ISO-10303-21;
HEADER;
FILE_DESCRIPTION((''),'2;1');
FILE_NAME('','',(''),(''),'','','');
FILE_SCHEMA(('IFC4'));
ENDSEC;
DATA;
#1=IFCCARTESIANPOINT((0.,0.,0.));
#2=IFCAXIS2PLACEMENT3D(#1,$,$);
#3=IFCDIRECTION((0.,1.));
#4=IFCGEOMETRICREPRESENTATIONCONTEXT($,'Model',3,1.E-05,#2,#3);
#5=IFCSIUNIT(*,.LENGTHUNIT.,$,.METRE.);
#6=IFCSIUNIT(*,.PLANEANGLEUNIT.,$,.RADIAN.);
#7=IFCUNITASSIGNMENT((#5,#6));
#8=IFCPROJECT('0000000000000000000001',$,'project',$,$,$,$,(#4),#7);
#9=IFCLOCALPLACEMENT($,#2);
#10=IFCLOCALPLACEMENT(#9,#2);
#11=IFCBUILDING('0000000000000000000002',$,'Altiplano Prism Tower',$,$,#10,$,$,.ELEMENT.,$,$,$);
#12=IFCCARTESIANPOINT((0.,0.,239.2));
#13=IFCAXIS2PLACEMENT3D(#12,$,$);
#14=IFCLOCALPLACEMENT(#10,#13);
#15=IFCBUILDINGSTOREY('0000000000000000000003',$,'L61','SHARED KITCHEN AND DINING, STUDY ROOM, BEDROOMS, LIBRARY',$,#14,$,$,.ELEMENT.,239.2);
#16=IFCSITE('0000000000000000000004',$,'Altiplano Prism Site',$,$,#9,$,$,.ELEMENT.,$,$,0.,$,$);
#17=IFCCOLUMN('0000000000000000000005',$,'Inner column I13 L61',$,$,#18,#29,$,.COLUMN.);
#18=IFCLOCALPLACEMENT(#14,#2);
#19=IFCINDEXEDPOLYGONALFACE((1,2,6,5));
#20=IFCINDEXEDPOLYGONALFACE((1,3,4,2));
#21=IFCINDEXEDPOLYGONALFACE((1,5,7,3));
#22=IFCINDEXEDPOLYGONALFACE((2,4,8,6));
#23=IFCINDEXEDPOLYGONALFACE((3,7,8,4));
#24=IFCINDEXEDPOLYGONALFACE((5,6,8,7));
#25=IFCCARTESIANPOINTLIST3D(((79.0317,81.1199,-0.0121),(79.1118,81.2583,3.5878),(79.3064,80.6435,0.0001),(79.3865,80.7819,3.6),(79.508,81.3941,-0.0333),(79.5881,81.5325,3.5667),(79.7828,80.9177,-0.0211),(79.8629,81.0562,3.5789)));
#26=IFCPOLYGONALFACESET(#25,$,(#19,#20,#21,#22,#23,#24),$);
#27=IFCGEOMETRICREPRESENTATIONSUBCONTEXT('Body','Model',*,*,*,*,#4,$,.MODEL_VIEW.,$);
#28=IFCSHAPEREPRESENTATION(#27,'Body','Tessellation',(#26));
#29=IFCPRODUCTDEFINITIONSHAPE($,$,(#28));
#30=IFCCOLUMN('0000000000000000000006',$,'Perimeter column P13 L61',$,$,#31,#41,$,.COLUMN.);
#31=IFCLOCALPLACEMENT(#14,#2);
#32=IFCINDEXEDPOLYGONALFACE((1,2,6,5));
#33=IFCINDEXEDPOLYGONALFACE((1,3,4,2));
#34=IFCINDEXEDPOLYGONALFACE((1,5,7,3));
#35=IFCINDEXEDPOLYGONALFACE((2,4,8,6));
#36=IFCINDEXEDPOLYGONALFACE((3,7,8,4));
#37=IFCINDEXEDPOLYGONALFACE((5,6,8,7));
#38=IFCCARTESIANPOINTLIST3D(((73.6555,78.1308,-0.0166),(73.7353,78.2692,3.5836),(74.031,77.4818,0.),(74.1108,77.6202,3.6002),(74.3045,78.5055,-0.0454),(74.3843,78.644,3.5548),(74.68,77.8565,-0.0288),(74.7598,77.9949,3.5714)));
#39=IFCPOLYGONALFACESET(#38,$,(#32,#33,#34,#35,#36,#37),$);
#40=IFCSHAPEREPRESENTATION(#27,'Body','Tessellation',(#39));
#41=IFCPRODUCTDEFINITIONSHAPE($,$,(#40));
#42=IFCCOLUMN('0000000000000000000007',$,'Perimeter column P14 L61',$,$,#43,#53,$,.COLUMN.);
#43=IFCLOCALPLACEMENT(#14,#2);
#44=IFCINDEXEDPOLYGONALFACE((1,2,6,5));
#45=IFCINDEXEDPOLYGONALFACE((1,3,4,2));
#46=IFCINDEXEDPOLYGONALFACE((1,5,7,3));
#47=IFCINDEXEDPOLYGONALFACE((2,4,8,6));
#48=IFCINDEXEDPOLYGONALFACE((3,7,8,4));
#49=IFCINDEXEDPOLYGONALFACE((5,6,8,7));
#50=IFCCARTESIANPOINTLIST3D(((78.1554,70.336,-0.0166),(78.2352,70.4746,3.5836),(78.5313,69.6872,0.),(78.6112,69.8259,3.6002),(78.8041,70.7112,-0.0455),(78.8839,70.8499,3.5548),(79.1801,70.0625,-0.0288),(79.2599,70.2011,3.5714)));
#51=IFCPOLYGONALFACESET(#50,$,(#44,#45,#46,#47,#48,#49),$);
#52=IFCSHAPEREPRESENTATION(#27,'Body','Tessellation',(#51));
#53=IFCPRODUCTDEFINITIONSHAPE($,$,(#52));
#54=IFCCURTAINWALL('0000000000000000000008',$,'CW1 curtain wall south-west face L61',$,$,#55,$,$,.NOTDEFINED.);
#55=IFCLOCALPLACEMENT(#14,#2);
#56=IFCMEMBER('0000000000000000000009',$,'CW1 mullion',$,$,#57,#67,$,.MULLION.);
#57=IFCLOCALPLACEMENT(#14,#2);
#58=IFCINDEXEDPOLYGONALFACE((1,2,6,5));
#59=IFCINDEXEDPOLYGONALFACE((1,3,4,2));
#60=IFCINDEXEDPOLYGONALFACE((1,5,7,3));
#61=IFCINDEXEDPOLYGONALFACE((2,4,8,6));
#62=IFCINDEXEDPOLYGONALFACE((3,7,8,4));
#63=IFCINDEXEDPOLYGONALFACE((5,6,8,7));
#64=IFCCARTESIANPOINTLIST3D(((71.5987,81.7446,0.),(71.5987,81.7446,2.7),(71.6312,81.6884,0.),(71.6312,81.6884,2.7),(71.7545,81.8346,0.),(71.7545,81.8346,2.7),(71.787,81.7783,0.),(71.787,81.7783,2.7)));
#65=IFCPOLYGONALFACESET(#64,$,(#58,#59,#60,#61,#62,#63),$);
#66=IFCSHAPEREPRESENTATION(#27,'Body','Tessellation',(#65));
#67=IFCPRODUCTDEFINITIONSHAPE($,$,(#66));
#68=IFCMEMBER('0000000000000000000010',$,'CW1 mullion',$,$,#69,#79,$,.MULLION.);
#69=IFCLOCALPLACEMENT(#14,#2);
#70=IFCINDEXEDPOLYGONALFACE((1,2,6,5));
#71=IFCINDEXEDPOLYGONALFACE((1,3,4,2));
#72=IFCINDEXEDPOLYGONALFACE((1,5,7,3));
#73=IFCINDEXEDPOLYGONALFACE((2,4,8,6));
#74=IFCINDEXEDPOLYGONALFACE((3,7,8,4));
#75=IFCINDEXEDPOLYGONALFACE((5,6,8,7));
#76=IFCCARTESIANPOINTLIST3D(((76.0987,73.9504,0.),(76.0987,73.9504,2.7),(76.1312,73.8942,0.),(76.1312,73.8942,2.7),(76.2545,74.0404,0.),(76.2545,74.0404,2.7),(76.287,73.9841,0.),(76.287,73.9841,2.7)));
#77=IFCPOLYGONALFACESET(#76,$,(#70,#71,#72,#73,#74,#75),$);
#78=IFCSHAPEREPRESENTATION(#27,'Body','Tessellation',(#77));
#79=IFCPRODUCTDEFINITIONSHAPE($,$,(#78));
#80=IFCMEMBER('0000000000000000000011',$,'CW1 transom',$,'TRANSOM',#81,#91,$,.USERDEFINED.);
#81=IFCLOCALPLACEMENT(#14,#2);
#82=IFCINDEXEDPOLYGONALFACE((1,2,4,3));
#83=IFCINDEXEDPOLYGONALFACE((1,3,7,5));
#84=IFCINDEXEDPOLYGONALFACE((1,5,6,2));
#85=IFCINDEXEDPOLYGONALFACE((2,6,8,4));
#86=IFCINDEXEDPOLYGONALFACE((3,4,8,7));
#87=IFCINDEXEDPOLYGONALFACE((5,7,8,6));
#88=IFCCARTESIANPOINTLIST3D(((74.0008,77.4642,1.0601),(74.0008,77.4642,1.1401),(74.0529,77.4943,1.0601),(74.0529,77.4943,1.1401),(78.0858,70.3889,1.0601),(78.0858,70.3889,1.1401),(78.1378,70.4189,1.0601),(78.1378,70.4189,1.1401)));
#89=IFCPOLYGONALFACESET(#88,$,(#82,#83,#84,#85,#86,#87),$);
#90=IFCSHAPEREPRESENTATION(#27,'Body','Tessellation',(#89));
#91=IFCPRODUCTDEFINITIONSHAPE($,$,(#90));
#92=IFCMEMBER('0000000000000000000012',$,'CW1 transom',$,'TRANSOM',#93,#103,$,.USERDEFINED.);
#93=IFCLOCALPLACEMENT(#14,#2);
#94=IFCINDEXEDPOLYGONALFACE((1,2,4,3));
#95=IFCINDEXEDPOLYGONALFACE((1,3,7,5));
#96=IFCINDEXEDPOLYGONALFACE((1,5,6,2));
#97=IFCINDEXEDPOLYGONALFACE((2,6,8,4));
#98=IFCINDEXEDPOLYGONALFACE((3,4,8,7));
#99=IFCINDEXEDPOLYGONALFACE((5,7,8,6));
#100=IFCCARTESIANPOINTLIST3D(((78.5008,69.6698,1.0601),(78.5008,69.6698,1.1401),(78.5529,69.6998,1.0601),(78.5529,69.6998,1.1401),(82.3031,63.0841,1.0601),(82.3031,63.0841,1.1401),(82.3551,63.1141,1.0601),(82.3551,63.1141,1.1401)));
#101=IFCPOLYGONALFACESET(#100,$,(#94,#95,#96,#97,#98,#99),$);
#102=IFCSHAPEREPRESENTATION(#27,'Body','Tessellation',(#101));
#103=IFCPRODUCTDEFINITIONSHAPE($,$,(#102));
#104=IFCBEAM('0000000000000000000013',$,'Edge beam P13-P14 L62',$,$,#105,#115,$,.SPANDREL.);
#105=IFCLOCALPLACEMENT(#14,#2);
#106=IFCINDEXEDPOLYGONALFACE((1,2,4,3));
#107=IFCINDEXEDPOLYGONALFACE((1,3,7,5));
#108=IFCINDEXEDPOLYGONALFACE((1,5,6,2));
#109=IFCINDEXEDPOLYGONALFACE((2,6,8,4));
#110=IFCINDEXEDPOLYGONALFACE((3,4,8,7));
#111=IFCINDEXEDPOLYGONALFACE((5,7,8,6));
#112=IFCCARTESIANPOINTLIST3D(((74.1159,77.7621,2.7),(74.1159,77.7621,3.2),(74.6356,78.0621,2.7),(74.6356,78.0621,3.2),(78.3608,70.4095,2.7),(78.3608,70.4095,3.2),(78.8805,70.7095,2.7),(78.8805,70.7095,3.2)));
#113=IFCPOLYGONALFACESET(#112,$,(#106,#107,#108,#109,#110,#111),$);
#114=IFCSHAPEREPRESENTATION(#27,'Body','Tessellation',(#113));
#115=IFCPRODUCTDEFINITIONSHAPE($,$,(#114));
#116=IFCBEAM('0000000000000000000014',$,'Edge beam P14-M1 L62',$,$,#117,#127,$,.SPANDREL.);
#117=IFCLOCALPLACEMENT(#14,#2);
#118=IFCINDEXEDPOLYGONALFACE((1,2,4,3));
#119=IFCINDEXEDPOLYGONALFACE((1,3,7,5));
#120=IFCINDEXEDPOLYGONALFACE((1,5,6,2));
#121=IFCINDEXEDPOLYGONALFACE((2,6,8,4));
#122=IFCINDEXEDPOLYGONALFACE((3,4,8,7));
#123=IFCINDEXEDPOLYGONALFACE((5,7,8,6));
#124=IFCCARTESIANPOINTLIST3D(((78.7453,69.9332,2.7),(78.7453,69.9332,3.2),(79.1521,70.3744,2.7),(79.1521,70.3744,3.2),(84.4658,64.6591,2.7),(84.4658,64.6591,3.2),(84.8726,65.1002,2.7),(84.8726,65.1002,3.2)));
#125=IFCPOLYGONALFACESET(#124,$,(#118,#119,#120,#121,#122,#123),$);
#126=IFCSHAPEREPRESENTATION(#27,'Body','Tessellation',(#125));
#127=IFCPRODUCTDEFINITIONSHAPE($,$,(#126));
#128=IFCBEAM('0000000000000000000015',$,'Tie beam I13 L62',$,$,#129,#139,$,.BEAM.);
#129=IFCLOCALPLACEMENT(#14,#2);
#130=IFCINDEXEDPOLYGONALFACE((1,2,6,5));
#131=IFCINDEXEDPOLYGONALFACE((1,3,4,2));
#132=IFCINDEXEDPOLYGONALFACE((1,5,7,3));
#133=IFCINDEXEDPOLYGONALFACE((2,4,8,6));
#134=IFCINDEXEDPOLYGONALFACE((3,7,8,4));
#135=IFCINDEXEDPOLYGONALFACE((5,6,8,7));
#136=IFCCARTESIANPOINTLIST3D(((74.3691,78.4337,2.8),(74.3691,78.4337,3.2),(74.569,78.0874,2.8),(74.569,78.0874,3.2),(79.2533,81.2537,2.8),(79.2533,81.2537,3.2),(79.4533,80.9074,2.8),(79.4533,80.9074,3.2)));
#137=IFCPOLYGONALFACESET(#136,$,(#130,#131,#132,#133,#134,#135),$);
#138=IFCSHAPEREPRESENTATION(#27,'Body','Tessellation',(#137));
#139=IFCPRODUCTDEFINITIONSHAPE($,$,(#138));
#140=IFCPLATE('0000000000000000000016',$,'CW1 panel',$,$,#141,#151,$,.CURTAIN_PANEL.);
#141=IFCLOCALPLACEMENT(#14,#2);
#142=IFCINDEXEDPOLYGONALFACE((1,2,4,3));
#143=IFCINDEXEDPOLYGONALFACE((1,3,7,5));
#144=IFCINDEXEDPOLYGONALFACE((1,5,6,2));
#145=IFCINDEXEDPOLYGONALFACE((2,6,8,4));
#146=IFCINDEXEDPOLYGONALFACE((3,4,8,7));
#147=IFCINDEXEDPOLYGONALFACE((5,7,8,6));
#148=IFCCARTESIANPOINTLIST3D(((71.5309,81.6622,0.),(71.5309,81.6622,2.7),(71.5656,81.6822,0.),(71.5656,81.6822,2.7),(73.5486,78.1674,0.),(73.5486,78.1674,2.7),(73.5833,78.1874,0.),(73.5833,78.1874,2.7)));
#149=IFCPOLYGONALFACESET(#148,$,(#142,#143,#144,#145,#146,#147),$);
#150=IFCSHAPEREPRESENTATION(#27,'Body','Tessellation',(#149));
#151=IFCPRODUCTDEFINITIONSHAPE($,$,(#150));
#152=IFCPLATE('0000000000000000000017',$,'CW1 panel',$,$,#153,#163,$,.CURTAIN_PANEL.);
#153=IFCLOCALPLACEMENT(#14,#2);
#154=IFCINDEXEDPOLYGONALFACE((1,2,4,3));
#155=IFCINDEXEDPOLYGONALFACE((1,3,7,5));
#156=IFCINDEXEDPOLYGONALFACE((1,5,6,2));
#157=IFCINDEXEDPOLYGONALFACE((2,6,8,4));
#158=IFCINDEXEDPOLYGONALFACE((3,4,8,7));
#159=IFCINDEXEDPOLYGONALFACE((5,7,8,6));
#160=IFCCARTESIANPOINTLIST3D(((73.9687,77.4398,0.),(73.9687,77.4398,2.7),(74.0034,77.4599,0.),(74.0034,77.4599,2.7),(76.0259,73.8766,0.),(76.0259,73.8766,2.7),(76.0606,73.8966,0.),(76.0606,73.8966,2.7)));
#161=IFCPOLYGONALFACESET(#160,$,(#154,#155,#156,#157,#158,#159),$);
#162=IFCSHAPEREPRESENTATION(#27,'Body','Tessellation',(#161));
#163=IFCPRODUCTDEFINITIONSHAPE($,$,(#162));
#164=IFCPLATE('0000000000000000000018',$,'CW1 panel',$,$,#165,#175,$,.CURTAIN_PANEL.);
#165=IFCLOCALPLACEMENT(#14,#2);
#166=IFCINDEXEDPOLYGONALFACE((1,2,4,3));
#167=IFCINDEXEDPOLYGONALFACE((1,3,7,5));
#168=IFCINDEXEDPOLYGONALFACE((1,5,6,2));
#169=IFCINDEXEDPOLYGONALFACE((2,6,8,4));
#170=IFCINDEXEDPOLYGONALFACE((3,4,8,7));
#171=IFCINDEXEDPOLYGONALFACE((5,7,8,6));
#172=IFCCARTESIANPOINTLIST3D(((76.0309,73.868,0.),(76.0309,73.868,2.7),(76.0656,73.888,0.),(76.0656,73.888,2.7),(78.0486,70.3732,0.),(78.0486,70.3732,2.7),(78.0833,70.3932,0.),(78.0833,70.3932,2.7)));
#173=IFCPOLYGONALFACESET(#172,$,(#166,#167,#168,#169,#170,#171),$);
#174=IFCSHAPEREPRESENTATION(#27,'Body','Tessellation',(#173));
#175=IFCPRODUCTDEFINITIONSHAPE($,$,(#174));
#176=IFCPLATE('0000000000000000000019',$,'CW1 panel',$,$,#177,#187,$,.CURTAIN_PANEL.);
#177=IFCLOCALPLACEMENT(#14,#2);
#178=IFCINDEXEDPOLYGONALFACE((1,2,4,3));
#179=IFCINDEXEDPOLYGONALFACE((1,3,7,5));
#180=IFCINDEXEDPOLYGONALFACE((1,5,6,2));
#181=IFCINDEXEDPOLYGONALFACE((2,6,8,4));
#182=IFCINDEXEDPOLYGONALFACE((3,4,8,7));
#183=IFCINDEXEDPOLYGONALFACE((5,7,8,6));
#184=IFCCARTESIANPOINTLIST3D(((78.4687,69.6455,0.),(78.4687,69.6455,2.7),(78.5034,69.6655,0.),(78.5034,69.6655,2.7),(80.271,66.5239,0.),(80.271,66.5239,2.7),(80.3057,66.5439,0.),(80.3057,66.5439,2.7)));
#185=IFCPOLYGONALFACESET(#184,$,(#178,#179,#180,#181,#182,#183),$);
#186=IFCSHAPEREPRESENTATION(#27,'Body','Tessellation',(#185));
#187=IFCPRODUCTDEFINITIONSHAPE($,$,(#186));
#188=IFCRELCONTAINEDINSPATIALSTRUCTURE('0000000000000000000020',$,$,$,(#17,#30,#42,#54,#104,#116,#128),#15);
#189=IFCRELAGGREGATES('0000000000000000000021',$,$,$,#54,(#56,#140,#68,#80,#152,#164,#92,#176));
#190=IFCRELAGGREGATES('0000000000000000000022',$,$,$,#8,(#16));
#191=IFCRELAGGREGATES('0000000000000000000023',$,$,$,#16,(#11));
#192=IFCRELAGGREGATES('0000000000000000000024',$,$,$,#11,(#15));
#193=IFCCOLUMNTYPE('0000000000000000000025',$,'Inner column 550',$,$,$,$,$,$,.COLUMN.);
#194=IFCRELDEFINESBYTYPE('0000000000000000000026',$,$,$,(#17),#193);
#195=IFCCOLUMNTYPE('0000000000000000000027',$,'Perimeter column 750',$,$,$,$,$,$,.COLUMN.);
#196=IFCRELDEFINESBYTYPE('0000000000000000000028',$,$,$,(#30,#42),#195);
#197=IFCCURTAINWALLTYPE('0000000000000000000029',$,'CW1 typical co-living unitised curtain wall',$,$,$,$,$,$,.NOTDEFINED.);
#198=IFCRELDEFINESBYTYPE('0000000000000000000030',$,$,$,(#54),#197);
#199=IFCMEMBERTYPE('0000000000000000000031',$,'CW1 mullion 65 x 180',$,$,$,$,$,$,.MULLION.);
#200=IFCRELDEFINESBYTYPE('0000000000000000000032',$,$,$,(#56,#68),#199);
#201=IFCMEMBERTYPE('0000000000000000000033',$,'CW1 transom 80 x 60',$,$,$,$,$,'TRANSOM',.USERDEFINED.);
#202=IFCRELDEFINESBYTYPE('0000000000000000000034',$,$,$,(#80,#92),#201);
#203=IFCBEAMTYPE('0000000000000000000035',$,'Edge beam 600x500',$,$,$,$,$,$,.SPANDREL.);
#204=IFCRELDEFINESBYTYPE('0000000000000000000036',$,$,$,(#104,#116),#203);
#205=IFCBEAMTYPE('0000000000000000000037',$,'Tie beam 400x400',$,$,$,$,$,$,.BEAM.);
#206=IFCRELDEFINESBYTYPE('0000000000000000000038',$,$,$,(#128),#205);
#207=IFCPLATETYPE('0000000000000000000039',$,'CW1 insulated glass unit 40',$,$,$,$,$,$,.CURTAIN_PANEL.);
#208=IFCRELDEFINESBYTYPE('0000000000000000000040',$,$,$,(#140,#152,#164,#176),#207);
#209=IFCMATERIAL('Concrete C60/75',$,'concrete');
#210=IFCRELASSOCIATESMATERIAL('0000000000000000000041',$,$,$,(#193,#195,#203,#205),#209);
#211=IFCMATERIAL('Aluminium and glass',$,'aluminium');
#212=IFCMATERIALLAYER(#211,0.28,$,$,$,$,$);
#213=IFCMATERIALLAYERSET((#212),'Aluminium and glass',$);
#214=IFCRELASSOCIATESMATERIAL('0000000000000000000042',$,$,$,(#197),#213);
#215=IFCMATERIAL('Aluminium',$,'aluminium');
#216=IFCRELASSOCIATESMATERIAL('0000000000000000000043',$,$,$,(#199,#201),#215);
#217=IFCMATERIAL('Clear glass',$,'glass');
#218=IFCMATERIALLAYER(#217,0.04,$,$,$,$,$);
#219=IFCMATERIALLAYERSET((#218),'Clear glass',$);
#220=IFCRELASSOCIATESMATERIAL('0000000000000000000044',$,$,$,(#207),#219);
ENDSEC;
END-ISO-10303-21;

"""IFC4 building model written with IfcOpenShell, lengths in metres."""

from ifc_helpers import new_model, si_unit, direction, frame, origin, origin_2d, place, context, subcontext, project, spatial, rectangle, extrude, material, layer, layer_set, material_profile, profile_set, type_object, element, aggregate, save


model = new_model("IFC4")

# Units and contexts
model_context = context("Model", 3, precision=1e-05, world=origin(), true_north=direction((0.0, 1.0)))
body_context = subcontext(model_context, "Body", "Model", "MODEL_VIEW")
ifc_project = project(units=[si_unit("LENGTHUNIT", "METRE"), si_unit("PLANEANGLEUNIT", "RADIAN")], contexts=[model_context])

# Site, building, storey
site_placement = place(None, origin())
site = spatial("IfcSite", under=ifc_project, at=site_placement, Name="Altiplano Prism Site", CompositionType="ELEMENT", RefElevation=0.0)
building_placement = place(site_placement, origin())
building = spatial("IfcBuilding", under=site, at=building_placement, Name="Altiplano Prism Tower", CompositionType="ELEMENT")
storey_placement = place(building_placement, frame((0.0, 0.0, 239.2)))
storey = spatial("IfcBuildingStorey", under=building, at=storey_placement, Name="L61", Description="SHARED KITCHEN AND DINING, STUDY ROOM, BEDROOMS, LIBRARY", CompositionType="ELEMENT", Elevation=239.2)

# Columns
ifc_material_1 = material(Name="Concrete C60/75", Category="concrete")
ifc_material_profile_1 = material_profile(ifc_material_1, rectangle(XDim=0.55, YDim=0.55, at=origin_2d()), Name="Inner column 550")
ifc_profile_set_1 = profile_set([ifc_material_profile_1], Name="Concrete C60/75")
column_type_1 = type_object("IfcColumnType", Name="Inner column 550", PredefinedType="COLUMN", material=ifc_profile_set_1)
column_placement = place(storey_placement, frame((79.4072, 81.0188, -0.0166), z_axis=(0.022223, 0.038416, 0.999015), x_axis=(-0.866026, -0.49852, 0.038435)))
element("IfcColumn", 1, at=column_placement, inside=storey, type_object=column_type_1, Name="Inner column I13 L61", PredefinedType="COLUMN", context=body_context, shape_type="SweptSolid", body=[
    extrude(rectangle(XDim=0.55, YDim=0.55, at=origin_2d()), origin(), (0.0, 0.0, 1.0), 3.6035),
])
ifc_material_profile_2 = material_profile(ifc_material_1, rectangle(XDim=0.75, YDim=0.75, at=origin_2d()), Name="Perimeter column 750")
ifc_profile_set_2 = profile_set([ifc_material_profile_2], Name="Concrete C60/75")
column_type_2 = type_object("IfcColumnType", Name="Perimeter column 750", PredefinedType="COLUMN", material=ifc_profile_set_2)
for number, where, z_axis, x_axis, name in (
    (2, (74.1677, 77.9937, -0.0227), (0.022154, 0.038413, 0.999016), (-0.865366, -0.499666, 0.038403), "Perimeter column P13 L61"),
    (3, (78.6677, 70.1992, -0.0227), (0.022154, 0.038481, 0.999014), (-0.864984, -0.500324, 0.038453), "Perimeter column P14 L61"),
):
    element("IfcColumn", number, at=place(storey_placement, frame(where, z_axis=z_axis, x_axis=x_axis)), inside=storey, type_object=column_type_2, Name=name, PredefinedType="COLUMN", context=body_context, shape_type="SweptSolid", body=[
        extrude(rectangle(XDim=0.75, YDim=0.75, at=origin_2d()), origin(), (0.0, 0.0, 1.0), 3.6038),
    ])

# Curtain wall, members
ifc_material_2 = material(Name="Aluminium and glass", Category="aluminium")
ifc_layer_1 = layer(ifc_material_2, 0.28)
ifc_layer_set_1 = layer_set([ifc_layer_1], Name="Aluminium and glass")
curtain_wall_type = type_object("IfcCurtainWallType", Name="CW1 typical co-living unitised curtain wall", PredefinedType="NOTDEFINED", material=ifc_layer_set_1)
curtain_wall_placement = place(storey_placement, origin())
curtain_wall = element("IfcCurtainWall", 4, at=curtain_wall_placement, inside=storey, type_object=curtain_wall_type, Name="CW1 curtain wall south-west face L61", PredefinedType="NOTDEFINED")
ifc_material_3 = material(Name="Aluminium", Category="aluminium")
ifc_material_profile_3 = material_profile(ifc_material_3, rectangle(XDim=0.1799, YDim=0.0649, at=origin_2d()), Name="CW1 mullion 65 x 180")
ifc_profile_set_3 = profile_set([ifc_material_profile_3], Name="Aluminium")
member_type_1 = type_object("IfcMemberType", Name="CW1 mullion 65 x 180", PredefinedType="MULLION", material=ifc_profile_set_3)
member_1_placement = place(storey_placement, frame((71.6929, 81.7615, 0.0), z_axis=(0.0, 0.0, 1.0), x_axis=(0.866025, 0.5, 0.0)))
member_1 = element("IfcMember", 5, at=member_1_placement, type_object=member_type_1, Name="CW1 mullion", PredefinedType="MULLION", context=body_context, shape_type="SweptSolid", body=[
    extrude(rectangle(XDim=0.1799, YDim=0.0649, at=origin_2d()), origin(), (0.0, 0.0, 1.0), 2.7),
])
member_2_placement = place(storey_placement, frame((76.1929, 73.9673, 0.0), z_axis=(0.0, 0.0, 1.0), x_axis=(0.866025, 0.5, 0.0)))
member_2 = element("IfcMember", 6, at=member_2_placement, type_object=member_type_1, Name="CW1 mullion", PredefinedType="MULLION", context=body_context, shape_type="SweptSolid", body=[
    extrude(rectangle(XDim=0.1799, YDim=0.0649, at=origin_2d()), origin(), (0.0, 0.0, 1.0), 2.7),
])
ifc_material_profile_4 = material_profile(ifc_material_3, rectangle(XDim=0.0601, YDim=0.0801, at=origin_2d()), Name="CW1 transom 80 x 60")
ifc_profile_set_4 = profile_set([ifc_material_profile_4], Name="Aluminium")
member_type_2 = type_object("IfcMemberType", Name="CW1 transom 80 x 60", ElementType="TRANSOM", PredefinedType="USERDEFINED", material=ifc_profile_set_4)
member_3_placement = place(storey_placement, frame((74.0269, 77.4792, 1.1001), z_axis=(0.499996, -0.866028, 0.0), x_axis=(0.866028, 0.499996, 0.0)))
member_3 = element("IfcMember", 7, at=member_3_placement, type_object=member_type_2, Name="CW1 transom", ObjectType="TRANSOM", PredefinedType="USERDEFINED", context=body_context, shape_type="SweptSolid", body=[
    extrude(rectangle(XDim=0.0601, YDim=0.0801, at=origin_2d()), origin(), (0.0, 0.0, 1.0), 8.1699),
])
member_4_placement = place(storey_placement, frame((78.5269, 69.6848, 1.1001), z_axis=(0.499999, -0.866026, 0.0), x_axis=(0.866026, 0.499999, 0.0)))
member_4 = element("IfcMember", 8, at=member_4_placement, type_object=member_type_2, Name="CW1 transom", ObjectType="TRANSOM", PredefinedType="USERDEFINED", context=body_context, shape_type="SweptSolid", body=[
    extrude(rectangle(XDim=0.0601, YDim=0.0801, at=origin_2d()), origin(), (0.0, 0.0, 1.0), 7.6045),
])

# Beams
ifc_material_profile_5 = material_profile(ifc_material_1, rectangle(XDim=0.6001, YDim=0.5, at=origin_2d()), Name="Edge beam 600x500")
ifc_profile_set_5 = profile_set([ifc_material_profile_5], Name="Concrete C60/75")
beam_type_1 = type_object("IfcBeamType", Name="Edge beam 600x500", PredefinedType="SPANDREL", material=ifc_profile_set_5)
beam_1_placement = place(storey_placement, frame((74.3757, 77.9121, 2.95), z_axis=(0.49999, -0.866031, 0.0), x_axis=(0.866031, 0.49999, 0.0)))
element("IfcBeam", 9, at=beam_1_placement, inside=storey, type_object=beam_type_1, Name="Edge beam P13-P14 L62", PredefinedType="SPANDREL", context=body_context, shape_type="SweptSolid", body=[
    extrude(rectangle(XDim=0.6001, YDim=0.5, at=origin_2d()), origin(), (0.0, 0.0, 1.0), 8.49),
])
beam_2_placement = place(storey_placement, frame((78.9487, 70.1538, 2.95), z_axis=(0.735204, -0.677846, 0.0), x_axis=(0.677846, 0.735204, 0.0)))
element("IfcBeam", 10, at=beam_2_placement, inside=storey, type_object=beam_type_1, Name="Edge beam P14-M1 L62", PredefinedType="SPANDREL", context=body_context, shape_type="SweptSolid", body=[
    extrude(rectangle(XDim=0.6001, YDim=0.5, at=origin_2d()), origin(), (0.0, 0.0, 1.0), 7.7808),
])
ifc_material_profile_6 = material_profile(ifc_material_1, rectangle(XDim=0.3999, YDim=0.3999, at=origin_2d()), Name="Tie beam 400x400")
ifc_profile_set_6 = profile_set([ifc_material_profile_6], Name="Concrete C60/75")
beam_type_2 = type_object("IfcBeamType", Name="Tie beam 400x400", PredefinedType="BEAM", material=ifc_profile_set_6)
beam_3_placement = place(storey_placement, frame((79.3533, 81.0806, 3.0), z_axis=(-0.866015, -0.500017, 0.0), x_axis=(0.500017, -0.866015, 0.0)))
element("IfcBeam", 11, at=beam_3_placement, inside=storey, type_object=beam_type_2, Name="Tie beam I13 L62", PredefinedType="BEAM", context=body_context, shape_type="SweptSolid", body=[
    extrude(rectangle(XDim=0.3999, YDim=0.3999, at=origin_2d()), origin(), (0.0, 0.0, 1.0), 5.6399),
])

# Plates
ifc_material_4 = material(Name="Clear glass", Category="glass")
ifc_layer_2 = layer(ifc_material_4, 0.04)
ifc_layer_set_2 = layer_set([ifc_layer_2], Name="Clear glass")
plate_type = type_object("IfcPlateType", Name="CW1 insulated glass unit 40", PredefinedType="CURTAIN_PANEL", material=ifc_layer_set_2)
plate_1_placement = place(storey_placement, frame((72.5571, 79.9248, 0.0), z_axis=(0.0, 0.0, 1.0), x_axis=(0.5, -0.866025, 0.0)))
plate_1 = element("IfcPlate", 12, at=plate_1_placement, type_object=plate_type, Name="CW1 panel", PredefinedType="CURTAIN_PANEL", context=body_context, shape_type="SweptSolid", body=[
    extrude(rectangle(XDim=4.0354, YDim=0.04, at=origin_2d()), origin(), (0.0, 0.0, 1.0), 2.7),
])
plate_2_placement = place(storey_placement, frame((75.0146, 75.6682, 0.0), z_axis=(0.0, 0.0, 1.0), x_axis=(0.5, -0.866025, 0.0)))
plate_2 = element("IfcPlate", 13, at=plate_2_placement, type_object=plate_type, Name="CW1 panel", PredefinedType="CURTAIN_PANEL", context=body_context, shape_type="SweptSolid", body=[
    extrude(rectangle(XDim=4.1145, YDim=0.04, at=origin_2d()), origin(), (0.0, 0.0, 1.0), 2.7),
])
plate_3_placement = place(storey_placement, frame((77.0571, 72.1306, 0.0), z_axis=(0.0, 0.0, 1.0), x_axis=(0.5, -0.866025, 0.0)))
plate_3 = element("IfcPlate", 14, at=plate_3_placement, type_object=plate_type, Name="CW1 panel", PredefinedType="CURTAIN_PANEL", context=body_context, shape_type="SweptSolid", body=[
    extrude(rectangle(XDim=4.0354, YDim=0.04, at=origin_2d()), origin(), (0.0, 0.0, 1.0), 2.7),
])
plate_4_placement = place(storey_placement, frame((79.3872, 68.0947, 0.0), z_axis=(0.0, 0.0, 1.0), x_axis=(0.5, -0.866025, 0.0)))
plate_4 = element("IfcPlate", 15, at=plate_4_placement, type_object=plate_type, Name="CW1 panel", PredefinedType="CURTAIN_PANEL", context=body_context, shape_type="SweptSolid", body=[
    extrude(rectangle(XDim=3.6045, YDim=0.04, at=origin_2d()), origin(), (0.0, 0.0, 1.0), 2.7),
])
aggregate(curtain_wall, [member_1, plate_1, member_2, member_3, plate_2, plate_3, member_4, plate_4])

save(model, "model.ifc")
